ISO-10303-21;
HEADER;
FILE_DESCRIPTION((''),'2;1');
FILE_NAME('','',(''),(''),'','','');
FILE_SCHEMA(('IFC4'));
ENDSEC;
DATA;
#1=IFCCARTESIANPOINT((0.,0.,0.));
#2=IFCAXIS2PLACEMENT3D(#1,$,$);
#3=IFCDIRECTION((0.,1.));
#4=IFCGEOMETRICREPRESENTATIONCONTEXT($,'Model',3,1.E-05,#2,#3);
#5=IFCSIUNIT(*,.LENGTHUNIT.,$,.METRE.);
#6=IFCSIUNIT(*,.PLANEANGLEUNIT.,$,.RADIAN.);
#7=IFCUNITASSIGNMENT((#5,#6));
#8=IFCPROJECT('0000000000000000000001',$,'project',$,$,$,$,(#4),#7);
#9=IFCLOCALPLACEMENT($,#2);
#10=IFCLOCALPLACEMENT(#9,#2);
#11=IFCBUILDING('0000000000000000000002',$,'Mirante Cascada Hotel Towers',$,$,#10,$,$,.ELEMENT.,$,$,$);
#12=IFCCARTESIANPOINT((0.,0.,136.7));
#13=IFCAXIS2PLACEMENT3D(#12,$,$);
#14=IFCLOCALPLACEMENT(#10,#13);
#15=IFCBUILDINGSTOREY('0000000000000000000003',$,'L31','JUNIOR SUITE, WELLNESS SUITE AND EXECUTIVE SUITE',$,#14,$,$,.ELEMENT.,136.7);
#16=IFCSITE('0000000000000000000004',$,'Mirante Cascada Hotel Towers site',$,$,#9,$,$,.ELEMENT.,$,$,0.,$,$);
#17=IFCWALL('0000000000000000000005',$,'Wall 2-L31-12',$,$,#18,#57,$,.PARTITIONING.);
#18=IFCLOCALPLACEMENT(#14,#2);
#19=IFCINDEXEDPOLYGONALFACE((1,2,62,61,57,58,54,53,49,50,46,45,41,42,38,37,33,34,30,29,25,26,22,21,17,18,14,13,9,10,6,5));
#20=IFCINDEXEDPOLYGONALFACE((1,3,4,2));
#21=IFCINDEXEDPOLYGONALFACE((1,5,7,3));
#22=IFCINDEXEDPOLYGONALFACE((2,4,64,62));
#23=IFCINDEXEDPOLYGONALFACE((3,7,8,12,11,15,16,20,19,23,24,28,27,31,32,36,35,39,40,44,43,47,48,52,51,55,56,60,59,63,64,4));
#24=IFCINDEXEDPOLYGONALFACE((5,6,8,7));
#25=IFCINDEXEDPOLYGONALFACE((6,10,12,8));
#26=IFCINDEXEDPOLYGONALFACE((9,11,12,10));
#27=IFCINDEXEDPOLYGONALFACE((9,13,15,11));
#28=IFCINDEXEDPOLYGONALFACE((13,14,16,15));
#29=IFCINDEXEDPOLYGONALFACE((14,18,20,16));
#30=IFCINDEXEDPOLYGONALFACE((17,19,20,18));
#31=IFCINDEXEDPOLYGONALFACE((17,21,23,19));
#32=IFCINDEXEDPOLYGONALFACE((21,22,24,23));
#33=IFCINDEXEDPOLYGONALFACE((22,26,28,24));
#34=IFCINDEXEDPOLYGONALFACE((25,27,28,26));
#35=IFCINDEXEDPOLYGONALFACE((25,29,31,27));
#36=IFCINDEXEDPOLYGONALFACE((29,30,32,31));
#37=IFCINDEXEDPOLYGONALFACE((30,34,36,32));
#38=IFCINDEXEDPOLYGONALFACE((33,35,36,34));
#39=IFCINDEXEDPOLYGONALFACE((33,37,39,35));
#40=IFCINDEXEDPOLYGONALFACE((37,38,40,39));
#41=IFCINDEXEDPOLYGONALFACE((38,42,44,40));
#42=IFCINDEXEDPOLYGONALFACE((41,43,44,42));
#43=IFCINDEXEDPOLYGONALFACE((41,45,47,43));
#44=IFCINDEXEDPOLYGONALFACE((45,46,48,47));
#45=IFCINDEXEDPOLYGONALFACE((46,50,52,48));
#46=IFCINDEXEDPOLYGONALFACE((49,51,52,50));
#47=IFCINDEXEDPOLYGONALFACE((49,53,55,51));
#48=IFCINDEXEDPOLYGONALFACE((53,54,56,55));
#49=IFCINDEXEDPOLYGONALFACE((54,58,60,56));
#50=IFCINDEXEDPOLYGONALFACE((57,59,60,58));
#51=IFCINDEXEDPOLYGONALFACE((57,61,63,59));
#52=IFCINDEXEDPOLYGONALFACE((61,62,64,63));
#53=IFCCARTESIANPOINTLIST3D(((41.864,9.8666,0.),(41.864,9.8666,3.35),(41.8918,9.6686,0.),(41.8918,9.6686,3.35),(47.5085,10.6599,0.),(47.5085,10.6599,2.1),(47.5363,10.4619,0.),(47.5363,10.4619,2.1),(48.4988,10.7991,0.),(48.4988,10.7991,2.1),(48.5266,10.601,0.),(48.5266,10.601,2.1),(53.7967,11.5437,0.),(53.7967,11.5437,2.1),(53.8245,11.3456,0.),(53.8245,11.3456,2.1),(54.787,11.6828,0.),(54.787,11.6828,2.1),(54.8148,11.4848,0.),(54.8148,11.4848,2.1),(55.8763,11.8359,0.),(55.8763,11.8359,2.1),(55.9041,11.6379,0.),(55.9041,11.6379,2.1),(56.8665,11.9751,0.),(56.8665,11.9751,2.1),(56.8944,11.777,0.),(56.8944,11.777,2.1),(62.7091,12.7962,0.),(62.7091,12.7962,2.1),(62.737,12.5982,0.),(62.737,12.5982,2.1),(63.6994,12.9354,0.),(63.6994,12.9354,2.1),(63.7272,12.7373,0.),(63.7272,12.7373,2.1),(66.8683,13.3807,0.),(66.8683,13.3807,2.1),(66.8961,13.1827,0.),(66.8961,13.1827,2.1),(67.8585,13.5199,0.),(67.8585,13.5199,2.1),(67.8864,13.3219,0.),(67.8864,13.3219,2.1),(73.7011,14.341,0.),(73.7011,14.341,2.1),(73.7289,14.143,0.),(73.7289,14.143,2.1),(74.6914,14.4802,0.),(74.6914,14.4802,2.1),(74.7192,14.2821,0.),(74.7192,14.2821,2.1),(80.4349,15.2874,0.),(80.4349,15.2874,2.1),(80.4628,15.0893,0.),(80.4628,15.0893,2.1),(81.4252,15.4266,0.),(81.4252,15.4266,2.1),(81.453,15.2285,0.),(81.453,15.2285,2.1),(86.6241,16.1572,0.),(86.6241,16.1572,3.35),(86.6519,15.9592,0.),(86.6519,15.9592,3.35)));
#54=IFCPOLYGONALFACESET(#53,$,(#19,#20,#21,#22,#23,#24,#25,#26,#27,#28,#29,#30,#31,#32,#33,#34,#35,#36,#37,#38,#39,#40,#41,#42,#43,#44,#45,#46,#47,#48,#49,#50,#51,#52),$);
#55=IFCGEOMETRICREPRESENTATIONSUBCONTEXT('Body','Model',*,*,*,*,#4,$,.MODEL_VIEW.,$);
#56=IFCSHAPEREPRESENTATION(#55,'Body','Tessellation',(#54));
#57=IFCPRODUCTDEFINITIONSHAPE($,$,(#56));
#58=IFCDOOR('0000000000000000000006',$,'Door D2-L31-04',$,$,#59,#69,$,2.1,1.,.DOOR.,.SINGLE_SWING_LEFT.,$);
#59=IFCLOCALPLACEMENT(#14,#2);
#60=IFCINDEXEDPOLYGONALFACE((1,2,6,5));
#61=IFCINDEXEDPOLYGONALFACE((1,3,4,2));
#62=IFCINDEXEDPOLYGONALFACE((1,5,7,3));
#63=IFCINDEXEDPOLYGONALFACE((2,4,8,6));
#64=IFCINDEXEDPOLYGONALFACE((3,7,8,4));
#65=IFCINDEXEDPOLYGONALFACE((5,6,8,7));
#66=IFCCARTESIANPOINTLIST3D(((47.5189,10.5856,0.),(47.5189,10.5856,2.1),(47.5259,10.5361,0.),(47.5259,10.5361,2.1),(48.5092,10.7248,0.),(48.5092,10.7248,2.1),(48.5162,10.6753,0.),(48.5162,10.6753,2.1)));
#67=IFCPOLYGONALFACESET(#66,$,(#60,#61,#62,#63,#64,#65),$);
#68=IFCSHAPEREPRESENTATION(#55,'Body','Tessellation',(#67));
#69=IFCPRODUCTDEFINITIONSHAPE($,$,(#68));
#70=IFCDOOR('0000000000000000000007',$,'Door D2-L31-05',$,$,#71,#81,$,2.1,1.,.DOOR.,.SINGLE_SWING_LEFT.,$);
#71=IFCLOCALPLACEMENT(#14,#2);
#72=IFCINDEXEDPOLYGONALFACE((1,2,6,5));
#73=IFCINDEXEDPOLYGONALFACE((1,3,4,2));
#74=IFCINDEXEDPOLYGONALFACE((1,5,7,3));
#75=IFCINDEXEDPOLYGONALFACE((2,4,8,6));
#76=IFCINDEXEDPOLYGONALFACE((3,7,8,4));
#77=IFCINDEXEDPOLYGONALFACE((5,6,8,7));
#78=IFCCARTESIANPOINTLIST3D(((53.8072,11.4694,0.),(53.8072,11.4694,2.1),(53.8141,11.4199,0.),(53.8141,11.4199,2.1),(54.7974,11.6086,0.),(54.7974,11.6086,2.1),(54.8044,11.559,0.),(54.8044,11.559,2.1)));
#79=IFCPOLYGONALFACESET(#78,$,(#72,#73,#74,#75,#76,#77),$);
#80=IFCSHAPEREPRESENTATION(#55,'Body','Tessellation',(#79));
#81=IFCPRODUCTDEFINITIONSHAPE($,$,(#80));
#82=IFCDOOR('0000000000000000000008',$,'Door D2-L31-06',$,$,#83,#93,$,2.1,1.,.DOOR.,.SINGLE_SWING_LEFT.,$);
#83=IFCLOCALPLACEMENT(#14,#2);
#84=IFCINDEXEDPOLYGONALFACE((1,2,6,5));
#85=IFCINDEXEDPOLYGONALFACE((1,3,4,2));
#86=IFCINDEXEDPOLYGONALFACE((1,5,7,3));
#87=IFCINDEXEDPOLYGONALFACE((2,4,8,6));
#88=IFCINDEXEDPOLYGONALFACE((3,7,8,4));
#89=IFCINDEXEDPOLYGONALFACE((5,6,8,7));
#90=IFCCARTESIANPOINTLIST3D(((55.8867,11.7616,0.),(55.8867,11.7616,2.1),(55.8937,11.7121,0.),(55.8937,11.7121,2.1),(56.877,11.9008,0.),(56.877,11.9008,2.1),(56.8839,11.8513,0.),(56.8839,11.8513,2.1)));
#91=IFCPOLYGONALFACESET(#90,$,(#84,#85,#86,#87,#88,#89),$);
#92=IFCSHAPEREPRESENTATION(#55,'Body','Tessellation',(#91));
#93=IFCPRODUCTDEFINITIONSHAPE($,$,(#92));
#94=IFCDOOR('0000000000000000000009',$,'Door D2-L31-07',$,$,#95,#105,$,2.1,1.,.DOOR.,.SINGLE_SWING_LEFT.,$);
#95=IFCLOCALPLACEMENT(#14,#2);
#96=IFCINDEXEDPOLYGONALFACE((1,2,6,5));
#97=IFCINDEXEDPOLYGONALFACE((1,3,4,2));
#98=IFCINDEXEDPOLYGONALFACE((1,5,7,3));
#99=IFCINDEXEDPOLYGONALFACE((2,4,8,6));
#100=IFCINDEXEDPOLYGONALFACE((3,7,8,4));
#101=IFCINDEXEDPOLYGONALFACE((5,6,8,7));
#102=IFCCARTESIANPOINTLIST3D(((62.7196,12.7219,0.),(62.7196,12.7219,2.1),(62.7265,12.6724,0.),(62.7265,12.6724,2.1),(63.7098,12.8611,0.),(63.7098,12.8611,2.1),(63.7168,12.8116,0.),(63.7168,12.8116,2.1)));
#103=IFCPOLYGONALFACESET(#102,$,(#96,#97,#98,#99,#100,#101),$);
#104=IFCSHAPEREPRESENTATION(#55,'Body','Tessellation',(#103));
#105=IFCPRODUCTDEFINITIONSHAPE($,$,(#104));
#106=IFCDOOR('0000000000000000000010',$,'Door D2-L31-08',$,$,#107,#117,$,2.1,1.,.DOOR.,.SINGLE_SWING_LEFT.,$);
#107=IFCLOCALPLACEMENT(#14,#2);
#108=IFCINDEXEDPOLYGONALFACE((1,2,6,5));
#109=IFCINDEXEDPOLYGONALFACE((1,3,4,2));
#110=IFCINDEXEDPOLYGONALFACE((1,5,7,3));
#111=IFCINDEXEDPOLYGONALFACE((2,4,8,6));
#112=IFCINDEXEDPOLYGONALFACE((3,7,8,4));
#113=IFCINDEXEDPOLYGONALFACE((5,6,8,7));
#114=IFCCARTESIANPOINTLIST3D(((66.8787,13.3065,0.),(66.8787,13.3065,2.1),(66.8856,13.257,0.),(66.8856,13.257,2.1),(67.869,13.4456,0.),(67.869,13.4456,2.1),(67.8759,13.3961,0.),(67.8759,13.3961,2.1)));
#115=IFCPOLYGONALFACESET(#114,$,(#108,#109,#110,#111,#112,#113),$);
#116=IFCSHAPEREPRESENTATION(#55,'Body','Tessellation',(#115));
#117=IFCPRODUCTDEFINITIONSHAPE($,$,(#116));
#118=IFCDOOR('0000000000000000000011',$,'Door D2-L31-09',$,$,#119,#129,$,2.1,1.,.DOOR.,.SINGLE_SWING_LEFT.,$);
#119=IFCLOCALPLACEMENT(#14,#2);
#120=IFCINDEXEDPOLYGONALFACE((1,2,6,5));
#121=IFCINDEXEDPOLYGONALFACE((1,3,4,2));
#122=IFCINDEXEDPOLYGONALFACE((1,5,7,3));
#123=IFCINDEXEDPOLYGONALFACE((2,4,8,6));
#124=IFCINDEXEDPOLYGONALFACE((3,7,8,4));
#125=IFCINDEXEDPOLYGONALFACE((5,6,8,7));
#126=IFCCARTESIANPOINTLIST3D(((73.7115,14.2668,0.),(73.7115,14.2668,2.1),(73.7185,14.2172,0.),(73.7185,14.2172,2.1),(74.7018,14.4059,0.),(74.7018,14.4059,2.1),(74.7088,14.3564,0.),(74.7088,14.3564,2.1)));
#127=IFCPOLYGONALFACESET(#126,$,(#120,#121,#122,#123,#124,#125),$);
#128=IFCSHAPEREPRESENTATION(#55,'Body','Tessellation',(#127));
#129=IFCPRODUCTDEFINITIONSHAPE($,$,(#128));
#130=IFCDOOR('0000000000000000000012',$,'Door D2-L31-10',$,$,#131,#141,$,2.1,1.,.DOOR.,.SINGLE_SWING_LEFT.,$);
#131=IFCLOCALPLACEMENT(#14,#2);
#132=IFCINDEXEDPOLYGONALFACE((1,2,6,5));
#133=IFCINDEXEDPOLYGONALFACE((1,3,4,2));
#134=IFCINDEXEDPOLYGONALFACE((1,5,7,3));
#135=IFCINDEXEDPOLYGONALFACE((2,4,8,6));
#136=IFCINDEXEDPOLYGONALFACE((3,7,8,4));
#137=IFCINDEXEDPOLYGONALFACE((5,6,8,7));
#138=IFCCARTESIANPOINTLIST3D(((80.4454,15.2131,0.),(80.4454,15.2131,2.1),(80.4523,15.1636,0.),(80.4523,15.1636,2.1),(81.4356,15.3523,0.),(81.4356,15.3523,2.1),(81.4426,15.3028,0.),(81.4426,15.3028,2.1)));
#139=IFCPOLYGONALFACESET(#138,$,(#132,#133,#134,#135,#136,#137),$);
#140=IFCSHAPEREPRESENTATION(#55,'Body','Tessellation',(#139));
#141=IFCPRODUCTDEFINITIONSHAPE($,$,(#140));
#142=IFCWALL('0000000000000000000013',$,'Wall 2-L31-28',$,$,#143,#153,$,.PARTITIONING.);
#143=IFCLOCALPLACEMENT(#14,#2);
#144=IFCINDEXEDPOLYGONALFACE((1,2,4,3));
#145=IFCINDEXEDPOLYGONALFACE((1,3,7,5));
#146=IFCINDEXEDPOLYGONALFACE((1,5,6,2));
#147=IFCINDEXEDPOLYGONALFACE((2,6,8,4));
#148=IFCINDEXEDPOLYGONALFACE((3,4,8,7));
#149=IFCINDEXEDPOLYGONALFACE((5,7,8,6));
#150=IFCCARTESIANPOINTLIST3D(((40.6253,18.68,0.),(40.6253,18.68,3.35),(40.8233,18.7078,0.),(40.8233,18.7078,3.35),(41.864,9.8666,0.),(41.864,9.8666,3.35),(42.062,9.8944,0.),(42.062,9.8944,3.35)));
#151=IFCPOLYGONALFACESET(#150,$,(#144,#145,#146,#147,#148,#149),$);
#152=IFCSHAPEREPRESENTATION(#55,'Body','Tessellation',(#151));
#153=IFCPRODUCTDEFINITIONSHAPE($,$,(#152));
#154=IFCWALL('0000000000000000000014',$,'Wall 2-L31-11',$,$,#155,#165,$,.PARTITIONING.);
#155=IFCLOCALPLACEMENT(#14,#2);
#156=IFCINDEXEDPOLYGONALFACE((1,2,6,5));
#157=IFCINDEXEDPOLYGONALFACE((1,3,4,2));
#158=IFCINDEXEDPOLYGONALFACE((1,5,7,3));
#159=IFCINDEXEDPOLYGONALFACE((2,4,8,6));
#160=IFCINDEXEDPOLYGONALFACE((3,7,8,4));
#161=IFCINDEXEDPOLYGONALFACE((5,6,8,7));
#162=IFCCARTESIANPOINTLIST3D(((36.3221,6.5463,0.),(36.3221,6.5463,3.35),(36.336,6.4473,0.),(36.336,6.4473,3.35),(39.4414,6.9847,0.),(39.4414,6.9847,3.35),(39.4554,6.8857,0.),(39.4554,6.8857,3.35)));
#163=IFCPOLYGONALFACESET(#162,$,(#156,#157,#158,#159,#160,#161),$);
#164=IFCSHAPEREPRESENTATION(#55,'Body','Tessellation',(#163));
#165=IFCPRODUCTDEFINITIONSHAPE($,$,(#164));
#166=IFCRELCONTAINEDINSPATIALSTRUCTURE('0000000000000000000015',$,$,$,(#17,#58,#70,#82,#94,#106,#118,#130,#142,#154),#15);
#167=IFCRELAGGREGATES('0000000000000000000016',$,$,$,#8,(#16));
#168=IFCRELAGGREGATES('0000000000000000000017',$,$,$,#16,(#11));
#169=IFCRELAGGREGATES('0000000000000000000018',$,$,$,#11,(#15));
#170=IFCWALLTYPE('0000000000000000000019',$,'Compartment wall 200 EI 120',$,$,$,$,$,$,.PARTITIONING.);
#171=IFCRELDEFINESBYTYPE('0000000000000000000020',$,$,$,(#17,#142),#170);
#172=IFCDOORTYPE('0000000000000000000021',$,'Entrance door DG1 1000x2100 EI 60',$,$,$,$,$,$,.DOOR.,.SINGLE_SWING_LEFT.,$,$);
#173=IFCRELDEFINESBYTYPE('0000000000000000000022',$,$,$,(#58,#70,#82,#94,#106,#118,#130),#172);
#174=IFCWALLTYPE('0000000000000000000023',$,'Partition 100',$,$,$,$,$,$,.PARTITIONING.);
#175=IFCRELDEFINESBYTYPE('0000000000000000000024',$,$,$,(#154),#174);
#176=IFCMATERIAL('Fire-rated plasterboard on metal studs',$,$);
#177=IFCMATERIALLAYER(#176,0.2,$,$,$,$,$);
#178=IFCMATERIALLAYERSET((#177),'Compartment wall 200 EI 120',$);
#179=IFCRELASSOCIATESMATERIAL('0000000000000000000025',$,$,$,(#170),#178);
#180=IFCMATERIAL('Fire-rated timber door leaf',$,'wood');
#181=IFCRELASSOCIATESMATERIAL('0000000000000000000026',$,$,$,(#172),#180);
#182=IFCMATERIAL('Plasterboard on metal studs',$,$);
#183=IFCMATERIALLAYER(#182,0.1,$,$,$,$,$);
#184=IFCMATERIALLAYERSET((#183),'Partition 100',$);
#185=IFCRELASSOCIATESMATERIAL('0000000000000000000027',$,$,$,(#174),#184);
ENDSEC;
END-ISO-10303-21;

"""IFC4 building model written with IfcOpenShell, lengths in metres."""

from ifc_helpers import new_model, si_unit, direction, frame, frame_2d, origin, place, context, subcontext, project, spatial, rectangle, extrude, material, layer, layer_set, type_object, element, fill, save


model = new_model("IFC4")

# Units and contexts
model_context = context("Model", 3, precision=1e-05, world=origin(), true_north=direction((0.0, 1.0)))
body_context = subcontext(model_context, "Body", "Model", "MODEL_VIEW")
ifc_project = project(units=[si_unit("LENGTHUNIT", "METRE"), si_unit("PLANEANGLEUNIT", "RADIAN")], contexts=[model_context])

# Site, building, storey
site_placement = place(None, origin())
site = spatial("IfcSite", under=ifc_project, at=site_placement, Name="Mirante Cascada Hotel Towers site", CompositionType="ELEMENT", RefElevation=0.0)
building_placement = place(site_placement, origin())
building = spatial("IfcBuilding", under=site, at=building_placement, Name="Mirante Cascada Hotel Towers", CompositionType="ELEMENT")
storey_placement = place(building_placement, frame((0.0, 0.0, 136.7)))
storey = spatial("IfcBuildingStorey", under=building, at=storey_placement, Name="L31", Description="JUNIOR SUITE, WELLNESS SUITE AND EXECUTIVE SUITE", CompositionType="ELEMENT", Elevation=136.7)

# Shared definitions
ifc_material_1 = material(Name="Fire-rated plasterboard on metal studs")
ifc_layer_1 = layer(ifc_material_1, 0.2)
ifc_layer_set_1 = layer_set([ifc_layer_1], Name="Compartment wall 200 EI 120")
wall_type_1 = type_object("IfcWallType", Name="Compartment wall 200 EI 120", PredefinedType="PARTITIONING", material=ifc_layer_set_1)

# Wall, openings, doors
wall_1_placement = place(storey_placement, frame((41.8779, 9.7676, 0.0), z_axis=(0.0, 0.0, 1.0), x_axis=(0.990268, 0.139173, 0.0)))
wall_1 = element("IfcWall", 1, at=wall_1_placement, inside=storey, type_object=wall_type_1, Name="Wall 2-L31-12", PredefinedType="PARTITIONING", context=body_context, shape_type="SweptSolid", body=[
    extrude(rectangle(XDim=45.2, YDim=0.2, at=frame_2d((22.6, 0.0))), origin(), (0.0, 0.0, 1.0), 3.35),
])
opening_1_placement = place(wall_1_placement, frame((5.7, 0.0, 0.0)))
opening_1 = element("IfcOpeningElement", 2, at=opening_1_placement, cuts=wall_1, PredefinedType="OPENING", context=body_context, shape_type="SweptSolid", body=[
    extrude(rectangle(XDim=1.0, YDim=2.1, at=frame_2d((0.5, 1.05))), frame((0.0, 0.1, 0.0), z_axis=(0.0, -1.0, 0.0), x_axis=(1.0, 0.0, 0.0)), (0.0, 0.0, 1.0), 0.2),
])
opening_2_placement = place(wall_1_placement, frame((12.05, 0.0, 0.0)))
opening_2 = element("IfcOpeningElement", 3, at=opening_2_placement, cuts=wall_1, PredefinedType="OPENING", context=body_context, shape_type="SweptSolid", body=[
    extrude(rectangle(XDim=1.0, YDim=2.1, at=frame_2d((0.5, 1.05))), frame((0.0, 0.1, 0.0), z_axis=(0.0, -1.0, 0.0), x_axis=(1.0, 0.0, 0.0)), (0.0, 0.0, 1.0), 0.2),
])
opening_3_placement = place(wall_1_placement, frame((14.15, 0.0, 0.0)))
opening_3 = element("IfcOpeningElement", 4, at=opening_3_placement, cuts=wall_1, PredefinedType="OPENING", context=body_context, shape_type="SweptSolid", body=[
    extrude(rectangle(XDim=1.0, YDim=2.1, at=frame_2d((0.5, 1.05))), frame((0.0, 0.1, 0.0), z_axis=(0.0, -1.0, 0.0), x_axis=(1.0, 0.0, 0.0)), (0.0, 0.0, 1.0), 0.2),
])
opening_4_placement = place(wall_1_placement, frame((21.05, 0.0, 0.0)))
opening_4 = element("IfcOpeningElement", 5, at=opening_4_placement, cuts=wall_1, PredefinedType="OPENING", context=body_context, shape_type="SweptSolid", body=[
    extrude(rectangle(XDim=1.0, YDim=2.1, at=frame_2d((0.5, 1.05))), frame((0.0, 0.1, 0.0), z_axis=(0.0, -1.0, 0.0), x_axis=(1.0, 0.0, 0.0)), (0.0, 0.0, 1.0), 0.2),
])
opening_5_placement = place(wall_1_placement, frame((25.25, 0.0, 0.0)))
opening_5 = element("IfcOpeningElement", 6, at=opening_5_placement, cuts=wall_1, PredefinedType="OPENING", context=body_context, shape_type="SweptSolid", body=[
    extrude(rectangle(XDim=1.0, YDim=2.1, at=frame_2d((0.5, 1.05))), frame((0.0, 0.1, 0.0), z_axis=(0.0, -1.0, 0.0), x_axis=(1.0, 0.0, 0.0)), (0.0, 0.0, 1.0), 0.2),
])
opening_6_placement = place(wall_1_placement, frame((32.15, 0.0, 0.0)))
opening_6 = element("IfcOpeningElement", 7, at=opening_6_placement, cuts=wall_1, PredefinedType="OPENING", context=body_context, shape_type="SweptSolid", body=[
    extrude(rectangle(XDim=1.0, YDim=2.1, at=frame_2d((0.5, 1.05))), frame((0.0, 0.1, 0.0), z_axis=(0.0, -1.0, 0.0), x_axis=(1.0, 0.0, 0.0)), (0.0, 0.0, 1.0), 0.2),
])
opening_7_placement = place(wall_1_placement, frame((38.95, 0.0, 0.0)))
opening_7 = element("IfcOpeningElement", 8, at=opening_7_placement, cuts=wall_1, PredefinedType="OPENING", context=body_context, shape_type="SweptSolid", body=[
    extrude(rectangle(XDim=1.0, YDim=2.1, at=frame_2d((0.5, 1.05))), frame((0.0, 0.1, 0.0), z_axis=(0.0, -1.0, 0.0), x_axis=(1.0, 0.0, 0.0)), (0.0, 0.0, 1.0), 0.2),
])
ifc_material_2 = material(Name="Fire-rated timber door leaf", Category="wood")
door_type_1 = type_object("IfcDoorType", Name="Entrance door DG1 1000x2100 EI 60", OperationType="SINGLE_SWING_LEFT", PredefinedType="DOOR", material=ifc_material_2)
door_1_placement = place(opening_1_placement, origin())
door_1 = element("IfcDoor", 9, at=door_1_placement, inside=storey, type_object=door_type_1, Name="Door D2-L31-04", OperationType="SINGLE_SWING_LEFT", OverallHeight=2.1, OverallWidth=1.0, PredefinedType="DOOR", context=body_context, shape_type="SweptSolid", body=[
    extrude(rectangle(XDim=1.0, YDim=2.1, at=frame_2d((0.5, 1.05))), frame((0.0, 0.025, 0.0), z_axis=(0.0, -1.0, 0.0), x_axis=(1.0, 0.0, 0.0)), (0.0, 0.0, 1.0), 0.05),
])
fill(opening_1, door_1)
door_2_placement = place(opening_2_placement, origin())
door_2 = element("IfcDoor", 10, at=door_2_placement, inside=storey, type_object=door_type_1, Name="Door D2-L31-05", OperationType="SINGLE_SWING_LEFT", OverallHeight=2.1, OverallWidth=1.0, PredefinedType="DOOR", context=body_context, shape_type="SweptSolid", body=[
    extrude(rectangle(XDim=1.0, YDim=2.1, at=frame_2d((0.5, 1.05))), frame((0.0, 0.025, 0.0), z_axis=(0.0, -1.0, 0.0), x_axis=(1.0, 0.0, 0.0)), (0.0, 0.0, 1.0), 0.05),
])
fill(opening_2, door_2)
door_3_placement = place(opening_3_placement, origin())
door_3 = element("IfcDoor", 11, at=door_3_placement, inside=storey, type_object=door_type_1, Name="Door D2-L31-06", OperationType="SINGLE_SWING_LEFT", OverallHeight=2.1, OverallWidth=1.0, PredefinedType="DOOR", context=body_context, shape_type="SweptSolid", body=[
    extrude(rectangle(XDim=1.0, YDim=2.1, at=frame_2d((0.5, 1.05))), frame((0.0, 0.025, 0.0), z_axis=(0.0, -1.0, 0.0), x_axis=(1.0, 0.0, 0.0)), (0.0, 0.0, 1.0), 0.05),
])
fill(opening_3, door_3)
door_4_placement = place(opening_4_placement, origin())
door_4 = element("IfcDoor", 12, at=door_4_placement, inside=storey, type_object=door_type_1, Name="Door D2-L31-07", OperationType="SINGLE_SWING_LEFT", OverallHeight=2.1, OverallWidth=1.0, PredefinedType="DOOR", context=body_context, shape_type="SweptSolid", body=[
    extrude(rectangle(XDim=1.0, YDim=2.1, at=frame_2d((0.5, 1.05))), frame((0.0, 0.025, 0.0), z_axis=(0.0, -1.0, 0.0), x_axis=(1.0, 0.0, 0.0)), (0.0, 0.0, 1.0), 0.05),
])
fill(opening_4, door_4)
door_5_placement = place(opening_5_placement, origin())
door_5 = element("IfcDoor", 13, at=door_5_placement, inside=storey, type_object=door_type_1, Name="Door D2-L31-08", OperationType="SINGLE_SWING_LEFT", OverallHeight=2.1, OverallWidth=1.0, PredefinedType="DOOR", context=body_context, shape_type="SweptSolid", body=[
    extrude(rectangle(XDim=1.0, YDim=2.1, at=frame_2d((0.5, 1.05))), frame((0.0, 0.025, 0.0), z_axis=(0.0, -1.0, 0.0), x_axis=(1.0, 0.0, 0.0)), (0.0, 0.0, 1.0), 0.05),
])
fill(opening_5, door_5)
door_6_placement = place(opening_6_placement, origin())
door_6 = element("IfcDoor", 14, at=door_6_placement, inside=storey, type_object=door_type_1, Name="Door D2-L31-09", OperationType="SINGLE_SWING_LEFT", OverallHeight=2.1, OverallWidth=1.0, PredefinedType="DOOR", context=body_context, shape_type="SweptSolid", body=[
    extrude(rectangle(XDim=1.0, YDim=2.1, at=frame_2d((0.5, 1.05))), frame((0.0, 0.025, 0.0), z_axis=(0.0, -1.0, 0.0), x_axis=(1.0, 0.0, 0.0)), (0.0, 0.0, 1.0), 0.05),
])
fill(opening_6, door_6)
door_7_placement = place(opening_7_placement, origin())
door_7 = element("IfcDoor", 15, at=door_7_placement, inside=storey, type_object=door_type_1, Name="Door D2-L31-10", OperationType="SINGLE_SWING_LEFT", OverallHeight=2.1, OverallWidth=1.0, PredefinedType="DOOR", context=body_context, shape_type="SweptSolid", body=[
    extrude(rectangle(XDim=1.0, YDim=2.1, at=frame_2d((0.5, 1.05))), frame((0.0, 0.025, 0.0), z_axis=(0.0, -1.0, 0.0), x_axis=(1.0, 0.0, 0.0)), (0.0, 0.0, 1.0), 0.05),
])
fill(opening_7, door_7)

# Walls
wall_2_placement = place(storey_placement, frame((41.963, 9.8805, 0.0), z_axis=(0.0, 0.0, 1.0), x_axis=(-0.139179, 0.990267, 0.0)))
element("IfcWall", 16, at=wall_2_placement, inside=storey, type_object=wall_type_1, Name="Wall 2-L31-28", PredefinedType="PARTITIONING", context=body_context, shape_type="SweptSolid", body=[
    extrude(rectangle(XDim=8.9, YDim=0.2, at=frame_2d((4.45, 0.0))), origin(), (0.0, 0.0, 1.0), 3.35),
])
ifc_material_3 = material(Name="Plasterboard on metal studs")
ifc_layer_2 = layer(ifc_material_3, 0.1)
ifc_layer_set_2 = layer_set([ifc_layer_2], Name="Partition 100")
wall_type_2 = type_object("IfcWallType", Name="Partition 100", PredefinedType="PARTITIONING", material=ifc_layer_set_2)
wall_3_placement = place(storey_placement, frame((39.4484, 6.9352, 0.0), z_axis=(0.0, 0.0, 1.0), x_axis=(-0.990268, -0.139177, 0.0)))
element("IfcWall", 17, at=wall_3_placement, inside=storey, type_object=wall_type_2, Name="Wall 2-L31-11", PredefinedType="PARTITIONING", context=body_context, shape_type="SweptSolid", body=[
    extrude(rectangle(XDim=3.15, YDim=0.1, at=frame_2d((1.575, 0.0))), origin(), (0.0, 0.0, 1.0), 3.35),
])

save(model, "model.ifc")
